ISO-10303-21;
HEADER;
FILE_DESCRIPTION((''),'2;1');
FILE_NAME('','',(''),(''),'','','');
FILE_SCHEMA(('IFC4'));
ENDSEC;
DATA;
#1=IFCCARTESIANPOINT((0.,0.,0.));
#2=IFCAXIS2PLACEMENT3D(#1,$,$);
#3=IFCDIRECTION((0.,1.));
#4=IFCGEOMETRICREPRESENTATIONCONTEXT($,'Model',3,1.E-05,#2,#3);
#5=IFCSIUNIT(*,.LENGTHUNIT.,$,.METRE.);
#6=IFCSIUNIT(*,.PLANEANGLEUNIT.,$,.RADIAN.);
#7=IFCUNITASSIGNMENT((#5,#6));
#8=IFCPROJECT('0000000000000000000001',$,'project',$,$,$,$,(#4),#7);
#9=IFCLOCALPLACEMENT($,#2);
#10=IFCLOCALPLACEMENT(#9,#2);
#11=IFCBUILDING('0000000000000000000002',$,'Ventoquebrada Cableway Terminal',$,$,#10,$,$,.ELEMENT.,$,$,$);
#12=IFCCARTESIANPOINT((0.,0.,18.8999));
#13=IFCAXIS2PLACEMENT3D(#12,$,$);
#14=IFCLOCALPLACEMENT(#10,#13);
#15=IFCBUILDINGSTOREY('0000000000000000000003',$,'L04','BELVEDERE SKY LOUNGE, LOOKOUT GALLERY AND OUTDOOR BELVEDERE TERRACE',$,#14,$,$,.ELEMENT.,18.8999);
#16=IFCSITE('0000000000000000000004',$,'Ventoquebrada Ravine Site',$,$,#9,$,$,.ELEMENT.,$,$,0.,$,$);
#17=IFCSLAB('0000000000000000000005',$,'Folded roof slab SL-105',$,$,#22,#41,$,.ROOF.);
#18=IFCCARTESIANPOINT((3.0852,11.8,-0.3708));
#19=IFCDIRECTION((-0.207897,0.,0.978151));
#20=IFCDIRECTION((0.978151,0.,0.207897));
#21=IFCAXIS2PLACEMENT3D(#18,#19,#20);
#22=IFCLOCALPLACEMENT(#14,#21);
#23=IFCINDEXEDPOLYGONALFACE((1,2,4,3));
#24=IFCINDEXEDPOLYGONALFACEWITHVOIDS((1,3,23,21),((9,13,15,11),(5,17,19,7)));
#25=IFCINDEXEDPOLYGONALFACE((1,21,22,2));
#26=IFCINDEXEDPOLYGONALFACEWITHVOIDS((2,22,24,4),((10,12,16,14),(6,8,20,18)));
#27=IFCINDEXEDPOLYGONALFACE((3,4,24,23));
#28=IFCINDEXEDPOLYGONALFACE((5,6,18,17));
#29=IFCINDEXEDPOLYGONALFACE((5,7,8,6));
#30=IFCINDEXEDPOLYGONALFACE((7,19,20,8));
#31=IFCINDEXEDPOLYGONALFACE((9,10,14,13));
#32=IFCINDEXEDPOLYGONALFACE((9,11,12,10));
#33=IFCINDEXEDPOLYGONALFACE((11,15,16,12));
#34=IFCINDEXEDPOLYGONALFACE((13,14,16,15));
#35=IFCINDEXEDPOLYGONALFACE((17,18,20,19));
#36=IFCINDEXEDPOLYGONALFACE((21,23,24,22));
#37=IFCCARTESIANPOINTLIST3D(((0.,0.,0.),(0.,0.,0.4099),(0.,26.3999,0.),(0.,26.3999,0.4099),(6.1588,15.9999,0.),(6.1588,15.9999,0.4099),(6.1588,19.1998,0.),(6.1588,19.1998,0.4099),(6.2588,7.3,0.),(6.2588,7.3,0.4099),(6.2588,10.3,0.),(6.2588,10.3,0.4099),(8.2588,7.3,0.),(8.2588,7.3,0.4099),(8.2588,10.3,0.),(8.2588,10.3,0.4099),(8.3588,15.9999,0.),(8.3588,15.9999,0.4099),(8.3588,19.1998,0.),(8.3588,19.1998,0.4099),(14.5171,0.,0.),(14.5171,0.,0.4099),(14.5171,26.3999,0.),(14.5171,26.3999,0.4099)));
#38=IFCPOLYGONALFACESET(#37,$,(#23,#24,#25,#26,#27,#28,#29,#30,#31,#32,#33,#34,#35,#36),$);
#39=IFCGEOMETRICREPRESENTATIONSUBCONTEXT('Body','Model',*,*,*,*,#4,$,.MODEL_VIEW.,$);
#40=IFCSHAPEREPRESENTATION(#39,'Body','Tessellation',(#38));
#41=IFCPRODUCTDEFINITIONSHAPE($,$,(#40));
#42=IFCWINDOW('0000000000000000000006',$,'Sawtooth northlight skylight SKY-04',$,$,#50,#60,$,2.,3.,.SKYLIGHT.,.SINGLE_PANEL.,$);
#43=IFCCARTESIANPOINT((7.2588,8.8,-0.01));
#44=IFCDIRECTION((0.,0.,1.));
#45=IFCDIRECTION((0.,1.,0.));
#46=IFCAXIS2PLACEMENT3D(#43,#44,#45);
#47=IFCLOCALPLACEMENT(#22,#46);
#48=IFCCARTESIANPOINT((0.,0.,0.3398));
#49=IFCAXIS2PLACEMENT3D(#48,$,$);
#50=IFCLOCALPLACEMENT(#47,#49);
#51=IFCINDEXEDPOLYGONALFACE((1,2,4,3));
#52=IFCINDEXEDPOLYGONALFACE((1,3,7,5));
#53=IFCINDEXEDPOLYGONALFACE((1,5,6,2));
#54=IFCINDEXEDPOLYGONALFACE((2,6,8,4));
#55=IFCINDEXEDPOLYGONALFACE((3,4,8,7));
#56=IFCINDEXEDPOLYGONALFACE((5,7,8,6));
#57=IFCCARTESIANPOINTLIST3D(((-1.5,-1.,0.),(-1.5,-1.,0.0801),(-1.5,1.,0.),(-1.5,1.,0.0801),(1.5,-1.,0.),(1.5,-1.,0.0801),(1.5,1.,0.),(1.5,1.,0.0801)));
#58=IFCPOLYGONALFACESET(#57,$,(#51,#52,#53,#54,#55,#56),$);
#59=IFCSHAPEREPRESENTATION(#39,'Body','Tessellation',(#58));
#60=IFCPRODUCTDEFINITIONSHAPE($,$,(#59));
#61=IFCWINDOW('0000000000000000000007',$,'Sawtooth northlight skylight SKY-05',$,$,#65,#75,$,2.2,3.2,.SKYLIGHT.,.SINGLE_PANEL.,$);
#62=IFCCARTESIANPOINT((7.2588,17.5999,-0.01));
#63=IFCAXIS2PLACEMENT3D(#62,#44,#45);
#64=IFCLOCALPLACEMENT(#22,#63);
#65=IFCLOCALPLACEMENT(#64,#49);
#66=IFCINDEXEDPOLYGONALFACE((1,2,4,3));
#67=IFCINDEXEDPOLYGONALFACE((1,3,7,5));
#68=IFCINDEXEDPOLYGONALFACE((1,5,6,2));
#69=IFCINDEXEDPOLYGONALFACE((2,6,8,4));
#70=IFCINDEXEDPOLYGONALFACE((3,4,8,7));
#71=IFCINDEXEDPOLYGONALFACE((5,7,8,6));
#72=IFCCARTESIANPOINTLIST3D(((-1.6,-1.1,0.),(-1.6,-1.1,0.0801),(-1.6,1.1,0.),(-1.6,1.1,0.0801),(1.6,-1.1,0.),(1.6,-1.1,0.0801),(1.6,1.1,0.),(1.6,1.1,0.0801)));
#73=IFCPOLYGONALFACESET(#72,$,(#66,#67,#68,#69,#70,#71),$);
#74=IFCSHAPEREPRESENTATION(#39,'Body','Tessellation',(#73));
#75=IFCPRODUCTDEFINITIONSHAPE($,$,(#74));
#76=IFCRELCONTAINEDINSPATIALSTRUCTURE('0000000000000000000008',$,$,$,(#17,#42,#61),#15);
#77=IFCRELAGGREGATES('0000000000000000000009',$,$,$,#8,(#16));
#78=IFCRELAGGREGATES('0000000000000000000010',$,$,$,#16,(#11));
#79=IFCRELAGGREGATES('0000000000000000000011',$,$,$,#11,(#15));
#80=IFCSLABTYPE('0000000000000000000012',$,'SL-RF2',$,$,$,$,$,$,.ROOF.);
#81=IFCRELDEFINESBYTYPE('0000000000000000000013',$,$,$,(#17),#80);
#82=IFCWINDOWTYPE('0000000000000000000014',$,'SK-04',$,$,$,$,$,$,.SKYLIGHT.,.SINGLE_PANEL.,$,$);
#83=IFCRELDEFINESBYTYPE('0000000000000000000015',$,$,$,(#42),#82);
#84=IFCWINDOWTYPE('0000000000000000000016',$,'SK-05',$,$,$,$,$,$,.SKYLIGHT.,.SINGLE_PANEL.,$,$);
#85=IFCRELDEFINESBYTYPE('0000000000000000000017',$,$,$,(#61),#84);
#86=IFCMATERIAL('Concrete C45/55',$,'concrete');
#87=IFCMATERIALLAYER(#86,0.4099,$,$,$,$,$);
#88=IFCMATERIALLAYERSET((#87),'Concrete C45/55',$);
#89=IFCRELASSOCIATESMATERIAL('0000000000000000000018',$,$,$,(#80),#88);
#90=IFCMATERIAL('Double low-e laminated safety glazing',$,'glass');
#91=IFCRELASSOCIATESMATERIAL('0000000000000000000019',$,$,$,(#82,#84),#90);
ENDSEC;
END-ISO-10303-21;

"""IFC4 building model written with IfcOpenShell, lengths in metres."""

from ifc_helpers import new_model, si_unit, direction, frame, origin, origin_2d, place, context, subcontext, project, spatial, polyline, rectangle, outline, extrude, material, layer, layer_set, type_object, element, fill, save


model = new_model("IFC4")

# Units and contexts
model_context = context("Model", 3, precision=1e-05, world=origin(), true_north=direction((0.0, 1.0)))
body_context = subcontext(model_context, "Body", "Model", "MODEL_VIEW")
ifc_project = project(units=[si_unit("LENGTHUNIT", "METRE"), si_unit("PLANEANGLEUNIT", "RADIAN")], contexts=[model_context])

# Site, building, storey
site_placement = place(None, origin())
site = spatial("IfcSite", under=ifc_project, at=site_placement, Name="Ventoquebrada Ravine Site", CompositionType="ELEMENT", RefElevation=0.0)
building_placement = place(site_placement, origin())
building = spatial("IfcBuilding", under=site, at=building_placement, Name="Ventoquebrada Cableway Terminal", CompositionType="ELEMENT")
storey_placement = place(building_placement, frame((0.0, 0.0, 18.8999)))
storey = spatial("IfcBuildingStorey", under=building, at=storey_placement, Name="L04", Description="BELVEDERE SKY LOUNGE, LOOKOUT GALLERY AND OUTDOOR BELVEDERE TERRACE", CompositionType="ELEMENT", Elevation=18.8999)

# Shared definitions
ifc_material_1 = material(Name="Double low-e laminated safety glazing", Category="glass")

# Slab, openings, windows
ifc_material_2 = material(Name="Concrete C45/55", Category="concrete")
ifc_layer_1 = layer(ifc_material_2, 0.4099)
ifc_layer_set_1 = layer_set([ifc_layer_1], Name="Concrete C45/55")
slab_type_1 = type_object("IfcSlabType", Name="SL-RF2", PredefinedType="ROOF", material=ifc_layer_set_1)
slab_1_placement = place(storey_placement, frame((3.0852, 11.8, -0.3708), z_axis=(-0.207897, 0.0, 0.978151), x_axis=(0.978151, 0.0, 0.207897)))
slab_1 = element("IfcSlab", 1, at=slab_1_placement, inside=storey, type_object=slab_type_1, Name="Folded roof slab SL-105", PredefinedType="ROOF", context=body_context, shape_type="SweptSolid", body=[
    extrude(outline(polyline([(0.0, 0.0), (14.5171, 0.0), (14.5171, 26.3999), (0.0, 26.3999), (0.0, 0.0)])), origin(), (0.0, 0.0, 1.0), 0.4099),
])
opening_1_placement = place(slab_1_placement, frame((7.2588, 8.8, -0.01), z_axis=(0.0, 0.0, 1.0), x_axis=(0.0, 1.0, 0.0)))
opening_1 = element("IfcOpeningElement", 2, at=opening_1_placement, cuts=slab_1, PredefinedType="OPENING", context=body_context, shape_type="SweptSolid", body=[
    extrude(rectangle(XDim=3.0, YDim=2.0, at=origin_2d()), origin(), (0.0, 0.0, 1.0), 0.4299),
])
opening_2_placement = place(slab_1_placement, frame((7.2588, 17.5999, -0.01), z_axis=(0.0, 0.0, 1.0), x_axis=(0.0, 1.0, 0.0)))
opening_2 = element("IfcOpeningElement", 3, at=opening_2_placement, cuts=slab_1, PredefinedType="OPENING", context=body_context, shape_type="SweptSolid", body=[
    extrude(rectangle(XDim=3.2, YDim=2.2, at=origin_2d()), origin(), (0.0, 0.0, 1.0), 0.4299),
])
window_type_1 = type_object("IfcWindowType", Name="SK-04", PartitioningType="SINGLE_PANEL", PredefinedType="SKYLIGHT", material=ifc_material_1)
window_1_placement = place(opening_1_placement, frame((0.0, 0.0, 0.3398)))
window_1 = element("IfcWindow", 4, at=window_1_placement, inside=storey, type_object=window_type_1, Name="Sawtooth northlight skylight SKY-04", OverallHeight=2.0, OverallWidth=3.0, PartitioningType="SINGLE_PANEL", PredefinedType="SKYLIGHT", context=body_context, shape_type="SweptSolid", body=[
    extrude(rectangle(XDim=3.0, YDim=2.0, at=origin_2d()), origin(), (0.0, 0.0, 1.0), 0.0801),
])
fill(opening_1, window_1)
window_type_2 = type_object("IfcWindowType", Name="SK-05", PartitioningType="SINGLE_PANEL", PredefinedType="SKYLIGHT", material=ifc_material_1)
window_2_placement = place(opening_2_placement, frame((0.0, 0.0, 0.3398)))
window_2 = element("IfcWindow", 5, at=window_2_placement, inside=storey, type_object=window_type_2, Name="Sawtooth northlight skylight SKY-05", OverallHeight=2.2, OverallWidth=3.2, PartitioningType="SINGLE_PANEL", PredefinedType="SKYLIGHT", context=body_context, shape_type="SweptSolid", body=[
    extrude(rectangle(XDim=3.2, YDim=2.2, at=origin_2d()), origin(), (0.0, 0.0, 1.0), 0.0801),
])
fill(opening_2, window_2)

save(model, "model.ifc")
